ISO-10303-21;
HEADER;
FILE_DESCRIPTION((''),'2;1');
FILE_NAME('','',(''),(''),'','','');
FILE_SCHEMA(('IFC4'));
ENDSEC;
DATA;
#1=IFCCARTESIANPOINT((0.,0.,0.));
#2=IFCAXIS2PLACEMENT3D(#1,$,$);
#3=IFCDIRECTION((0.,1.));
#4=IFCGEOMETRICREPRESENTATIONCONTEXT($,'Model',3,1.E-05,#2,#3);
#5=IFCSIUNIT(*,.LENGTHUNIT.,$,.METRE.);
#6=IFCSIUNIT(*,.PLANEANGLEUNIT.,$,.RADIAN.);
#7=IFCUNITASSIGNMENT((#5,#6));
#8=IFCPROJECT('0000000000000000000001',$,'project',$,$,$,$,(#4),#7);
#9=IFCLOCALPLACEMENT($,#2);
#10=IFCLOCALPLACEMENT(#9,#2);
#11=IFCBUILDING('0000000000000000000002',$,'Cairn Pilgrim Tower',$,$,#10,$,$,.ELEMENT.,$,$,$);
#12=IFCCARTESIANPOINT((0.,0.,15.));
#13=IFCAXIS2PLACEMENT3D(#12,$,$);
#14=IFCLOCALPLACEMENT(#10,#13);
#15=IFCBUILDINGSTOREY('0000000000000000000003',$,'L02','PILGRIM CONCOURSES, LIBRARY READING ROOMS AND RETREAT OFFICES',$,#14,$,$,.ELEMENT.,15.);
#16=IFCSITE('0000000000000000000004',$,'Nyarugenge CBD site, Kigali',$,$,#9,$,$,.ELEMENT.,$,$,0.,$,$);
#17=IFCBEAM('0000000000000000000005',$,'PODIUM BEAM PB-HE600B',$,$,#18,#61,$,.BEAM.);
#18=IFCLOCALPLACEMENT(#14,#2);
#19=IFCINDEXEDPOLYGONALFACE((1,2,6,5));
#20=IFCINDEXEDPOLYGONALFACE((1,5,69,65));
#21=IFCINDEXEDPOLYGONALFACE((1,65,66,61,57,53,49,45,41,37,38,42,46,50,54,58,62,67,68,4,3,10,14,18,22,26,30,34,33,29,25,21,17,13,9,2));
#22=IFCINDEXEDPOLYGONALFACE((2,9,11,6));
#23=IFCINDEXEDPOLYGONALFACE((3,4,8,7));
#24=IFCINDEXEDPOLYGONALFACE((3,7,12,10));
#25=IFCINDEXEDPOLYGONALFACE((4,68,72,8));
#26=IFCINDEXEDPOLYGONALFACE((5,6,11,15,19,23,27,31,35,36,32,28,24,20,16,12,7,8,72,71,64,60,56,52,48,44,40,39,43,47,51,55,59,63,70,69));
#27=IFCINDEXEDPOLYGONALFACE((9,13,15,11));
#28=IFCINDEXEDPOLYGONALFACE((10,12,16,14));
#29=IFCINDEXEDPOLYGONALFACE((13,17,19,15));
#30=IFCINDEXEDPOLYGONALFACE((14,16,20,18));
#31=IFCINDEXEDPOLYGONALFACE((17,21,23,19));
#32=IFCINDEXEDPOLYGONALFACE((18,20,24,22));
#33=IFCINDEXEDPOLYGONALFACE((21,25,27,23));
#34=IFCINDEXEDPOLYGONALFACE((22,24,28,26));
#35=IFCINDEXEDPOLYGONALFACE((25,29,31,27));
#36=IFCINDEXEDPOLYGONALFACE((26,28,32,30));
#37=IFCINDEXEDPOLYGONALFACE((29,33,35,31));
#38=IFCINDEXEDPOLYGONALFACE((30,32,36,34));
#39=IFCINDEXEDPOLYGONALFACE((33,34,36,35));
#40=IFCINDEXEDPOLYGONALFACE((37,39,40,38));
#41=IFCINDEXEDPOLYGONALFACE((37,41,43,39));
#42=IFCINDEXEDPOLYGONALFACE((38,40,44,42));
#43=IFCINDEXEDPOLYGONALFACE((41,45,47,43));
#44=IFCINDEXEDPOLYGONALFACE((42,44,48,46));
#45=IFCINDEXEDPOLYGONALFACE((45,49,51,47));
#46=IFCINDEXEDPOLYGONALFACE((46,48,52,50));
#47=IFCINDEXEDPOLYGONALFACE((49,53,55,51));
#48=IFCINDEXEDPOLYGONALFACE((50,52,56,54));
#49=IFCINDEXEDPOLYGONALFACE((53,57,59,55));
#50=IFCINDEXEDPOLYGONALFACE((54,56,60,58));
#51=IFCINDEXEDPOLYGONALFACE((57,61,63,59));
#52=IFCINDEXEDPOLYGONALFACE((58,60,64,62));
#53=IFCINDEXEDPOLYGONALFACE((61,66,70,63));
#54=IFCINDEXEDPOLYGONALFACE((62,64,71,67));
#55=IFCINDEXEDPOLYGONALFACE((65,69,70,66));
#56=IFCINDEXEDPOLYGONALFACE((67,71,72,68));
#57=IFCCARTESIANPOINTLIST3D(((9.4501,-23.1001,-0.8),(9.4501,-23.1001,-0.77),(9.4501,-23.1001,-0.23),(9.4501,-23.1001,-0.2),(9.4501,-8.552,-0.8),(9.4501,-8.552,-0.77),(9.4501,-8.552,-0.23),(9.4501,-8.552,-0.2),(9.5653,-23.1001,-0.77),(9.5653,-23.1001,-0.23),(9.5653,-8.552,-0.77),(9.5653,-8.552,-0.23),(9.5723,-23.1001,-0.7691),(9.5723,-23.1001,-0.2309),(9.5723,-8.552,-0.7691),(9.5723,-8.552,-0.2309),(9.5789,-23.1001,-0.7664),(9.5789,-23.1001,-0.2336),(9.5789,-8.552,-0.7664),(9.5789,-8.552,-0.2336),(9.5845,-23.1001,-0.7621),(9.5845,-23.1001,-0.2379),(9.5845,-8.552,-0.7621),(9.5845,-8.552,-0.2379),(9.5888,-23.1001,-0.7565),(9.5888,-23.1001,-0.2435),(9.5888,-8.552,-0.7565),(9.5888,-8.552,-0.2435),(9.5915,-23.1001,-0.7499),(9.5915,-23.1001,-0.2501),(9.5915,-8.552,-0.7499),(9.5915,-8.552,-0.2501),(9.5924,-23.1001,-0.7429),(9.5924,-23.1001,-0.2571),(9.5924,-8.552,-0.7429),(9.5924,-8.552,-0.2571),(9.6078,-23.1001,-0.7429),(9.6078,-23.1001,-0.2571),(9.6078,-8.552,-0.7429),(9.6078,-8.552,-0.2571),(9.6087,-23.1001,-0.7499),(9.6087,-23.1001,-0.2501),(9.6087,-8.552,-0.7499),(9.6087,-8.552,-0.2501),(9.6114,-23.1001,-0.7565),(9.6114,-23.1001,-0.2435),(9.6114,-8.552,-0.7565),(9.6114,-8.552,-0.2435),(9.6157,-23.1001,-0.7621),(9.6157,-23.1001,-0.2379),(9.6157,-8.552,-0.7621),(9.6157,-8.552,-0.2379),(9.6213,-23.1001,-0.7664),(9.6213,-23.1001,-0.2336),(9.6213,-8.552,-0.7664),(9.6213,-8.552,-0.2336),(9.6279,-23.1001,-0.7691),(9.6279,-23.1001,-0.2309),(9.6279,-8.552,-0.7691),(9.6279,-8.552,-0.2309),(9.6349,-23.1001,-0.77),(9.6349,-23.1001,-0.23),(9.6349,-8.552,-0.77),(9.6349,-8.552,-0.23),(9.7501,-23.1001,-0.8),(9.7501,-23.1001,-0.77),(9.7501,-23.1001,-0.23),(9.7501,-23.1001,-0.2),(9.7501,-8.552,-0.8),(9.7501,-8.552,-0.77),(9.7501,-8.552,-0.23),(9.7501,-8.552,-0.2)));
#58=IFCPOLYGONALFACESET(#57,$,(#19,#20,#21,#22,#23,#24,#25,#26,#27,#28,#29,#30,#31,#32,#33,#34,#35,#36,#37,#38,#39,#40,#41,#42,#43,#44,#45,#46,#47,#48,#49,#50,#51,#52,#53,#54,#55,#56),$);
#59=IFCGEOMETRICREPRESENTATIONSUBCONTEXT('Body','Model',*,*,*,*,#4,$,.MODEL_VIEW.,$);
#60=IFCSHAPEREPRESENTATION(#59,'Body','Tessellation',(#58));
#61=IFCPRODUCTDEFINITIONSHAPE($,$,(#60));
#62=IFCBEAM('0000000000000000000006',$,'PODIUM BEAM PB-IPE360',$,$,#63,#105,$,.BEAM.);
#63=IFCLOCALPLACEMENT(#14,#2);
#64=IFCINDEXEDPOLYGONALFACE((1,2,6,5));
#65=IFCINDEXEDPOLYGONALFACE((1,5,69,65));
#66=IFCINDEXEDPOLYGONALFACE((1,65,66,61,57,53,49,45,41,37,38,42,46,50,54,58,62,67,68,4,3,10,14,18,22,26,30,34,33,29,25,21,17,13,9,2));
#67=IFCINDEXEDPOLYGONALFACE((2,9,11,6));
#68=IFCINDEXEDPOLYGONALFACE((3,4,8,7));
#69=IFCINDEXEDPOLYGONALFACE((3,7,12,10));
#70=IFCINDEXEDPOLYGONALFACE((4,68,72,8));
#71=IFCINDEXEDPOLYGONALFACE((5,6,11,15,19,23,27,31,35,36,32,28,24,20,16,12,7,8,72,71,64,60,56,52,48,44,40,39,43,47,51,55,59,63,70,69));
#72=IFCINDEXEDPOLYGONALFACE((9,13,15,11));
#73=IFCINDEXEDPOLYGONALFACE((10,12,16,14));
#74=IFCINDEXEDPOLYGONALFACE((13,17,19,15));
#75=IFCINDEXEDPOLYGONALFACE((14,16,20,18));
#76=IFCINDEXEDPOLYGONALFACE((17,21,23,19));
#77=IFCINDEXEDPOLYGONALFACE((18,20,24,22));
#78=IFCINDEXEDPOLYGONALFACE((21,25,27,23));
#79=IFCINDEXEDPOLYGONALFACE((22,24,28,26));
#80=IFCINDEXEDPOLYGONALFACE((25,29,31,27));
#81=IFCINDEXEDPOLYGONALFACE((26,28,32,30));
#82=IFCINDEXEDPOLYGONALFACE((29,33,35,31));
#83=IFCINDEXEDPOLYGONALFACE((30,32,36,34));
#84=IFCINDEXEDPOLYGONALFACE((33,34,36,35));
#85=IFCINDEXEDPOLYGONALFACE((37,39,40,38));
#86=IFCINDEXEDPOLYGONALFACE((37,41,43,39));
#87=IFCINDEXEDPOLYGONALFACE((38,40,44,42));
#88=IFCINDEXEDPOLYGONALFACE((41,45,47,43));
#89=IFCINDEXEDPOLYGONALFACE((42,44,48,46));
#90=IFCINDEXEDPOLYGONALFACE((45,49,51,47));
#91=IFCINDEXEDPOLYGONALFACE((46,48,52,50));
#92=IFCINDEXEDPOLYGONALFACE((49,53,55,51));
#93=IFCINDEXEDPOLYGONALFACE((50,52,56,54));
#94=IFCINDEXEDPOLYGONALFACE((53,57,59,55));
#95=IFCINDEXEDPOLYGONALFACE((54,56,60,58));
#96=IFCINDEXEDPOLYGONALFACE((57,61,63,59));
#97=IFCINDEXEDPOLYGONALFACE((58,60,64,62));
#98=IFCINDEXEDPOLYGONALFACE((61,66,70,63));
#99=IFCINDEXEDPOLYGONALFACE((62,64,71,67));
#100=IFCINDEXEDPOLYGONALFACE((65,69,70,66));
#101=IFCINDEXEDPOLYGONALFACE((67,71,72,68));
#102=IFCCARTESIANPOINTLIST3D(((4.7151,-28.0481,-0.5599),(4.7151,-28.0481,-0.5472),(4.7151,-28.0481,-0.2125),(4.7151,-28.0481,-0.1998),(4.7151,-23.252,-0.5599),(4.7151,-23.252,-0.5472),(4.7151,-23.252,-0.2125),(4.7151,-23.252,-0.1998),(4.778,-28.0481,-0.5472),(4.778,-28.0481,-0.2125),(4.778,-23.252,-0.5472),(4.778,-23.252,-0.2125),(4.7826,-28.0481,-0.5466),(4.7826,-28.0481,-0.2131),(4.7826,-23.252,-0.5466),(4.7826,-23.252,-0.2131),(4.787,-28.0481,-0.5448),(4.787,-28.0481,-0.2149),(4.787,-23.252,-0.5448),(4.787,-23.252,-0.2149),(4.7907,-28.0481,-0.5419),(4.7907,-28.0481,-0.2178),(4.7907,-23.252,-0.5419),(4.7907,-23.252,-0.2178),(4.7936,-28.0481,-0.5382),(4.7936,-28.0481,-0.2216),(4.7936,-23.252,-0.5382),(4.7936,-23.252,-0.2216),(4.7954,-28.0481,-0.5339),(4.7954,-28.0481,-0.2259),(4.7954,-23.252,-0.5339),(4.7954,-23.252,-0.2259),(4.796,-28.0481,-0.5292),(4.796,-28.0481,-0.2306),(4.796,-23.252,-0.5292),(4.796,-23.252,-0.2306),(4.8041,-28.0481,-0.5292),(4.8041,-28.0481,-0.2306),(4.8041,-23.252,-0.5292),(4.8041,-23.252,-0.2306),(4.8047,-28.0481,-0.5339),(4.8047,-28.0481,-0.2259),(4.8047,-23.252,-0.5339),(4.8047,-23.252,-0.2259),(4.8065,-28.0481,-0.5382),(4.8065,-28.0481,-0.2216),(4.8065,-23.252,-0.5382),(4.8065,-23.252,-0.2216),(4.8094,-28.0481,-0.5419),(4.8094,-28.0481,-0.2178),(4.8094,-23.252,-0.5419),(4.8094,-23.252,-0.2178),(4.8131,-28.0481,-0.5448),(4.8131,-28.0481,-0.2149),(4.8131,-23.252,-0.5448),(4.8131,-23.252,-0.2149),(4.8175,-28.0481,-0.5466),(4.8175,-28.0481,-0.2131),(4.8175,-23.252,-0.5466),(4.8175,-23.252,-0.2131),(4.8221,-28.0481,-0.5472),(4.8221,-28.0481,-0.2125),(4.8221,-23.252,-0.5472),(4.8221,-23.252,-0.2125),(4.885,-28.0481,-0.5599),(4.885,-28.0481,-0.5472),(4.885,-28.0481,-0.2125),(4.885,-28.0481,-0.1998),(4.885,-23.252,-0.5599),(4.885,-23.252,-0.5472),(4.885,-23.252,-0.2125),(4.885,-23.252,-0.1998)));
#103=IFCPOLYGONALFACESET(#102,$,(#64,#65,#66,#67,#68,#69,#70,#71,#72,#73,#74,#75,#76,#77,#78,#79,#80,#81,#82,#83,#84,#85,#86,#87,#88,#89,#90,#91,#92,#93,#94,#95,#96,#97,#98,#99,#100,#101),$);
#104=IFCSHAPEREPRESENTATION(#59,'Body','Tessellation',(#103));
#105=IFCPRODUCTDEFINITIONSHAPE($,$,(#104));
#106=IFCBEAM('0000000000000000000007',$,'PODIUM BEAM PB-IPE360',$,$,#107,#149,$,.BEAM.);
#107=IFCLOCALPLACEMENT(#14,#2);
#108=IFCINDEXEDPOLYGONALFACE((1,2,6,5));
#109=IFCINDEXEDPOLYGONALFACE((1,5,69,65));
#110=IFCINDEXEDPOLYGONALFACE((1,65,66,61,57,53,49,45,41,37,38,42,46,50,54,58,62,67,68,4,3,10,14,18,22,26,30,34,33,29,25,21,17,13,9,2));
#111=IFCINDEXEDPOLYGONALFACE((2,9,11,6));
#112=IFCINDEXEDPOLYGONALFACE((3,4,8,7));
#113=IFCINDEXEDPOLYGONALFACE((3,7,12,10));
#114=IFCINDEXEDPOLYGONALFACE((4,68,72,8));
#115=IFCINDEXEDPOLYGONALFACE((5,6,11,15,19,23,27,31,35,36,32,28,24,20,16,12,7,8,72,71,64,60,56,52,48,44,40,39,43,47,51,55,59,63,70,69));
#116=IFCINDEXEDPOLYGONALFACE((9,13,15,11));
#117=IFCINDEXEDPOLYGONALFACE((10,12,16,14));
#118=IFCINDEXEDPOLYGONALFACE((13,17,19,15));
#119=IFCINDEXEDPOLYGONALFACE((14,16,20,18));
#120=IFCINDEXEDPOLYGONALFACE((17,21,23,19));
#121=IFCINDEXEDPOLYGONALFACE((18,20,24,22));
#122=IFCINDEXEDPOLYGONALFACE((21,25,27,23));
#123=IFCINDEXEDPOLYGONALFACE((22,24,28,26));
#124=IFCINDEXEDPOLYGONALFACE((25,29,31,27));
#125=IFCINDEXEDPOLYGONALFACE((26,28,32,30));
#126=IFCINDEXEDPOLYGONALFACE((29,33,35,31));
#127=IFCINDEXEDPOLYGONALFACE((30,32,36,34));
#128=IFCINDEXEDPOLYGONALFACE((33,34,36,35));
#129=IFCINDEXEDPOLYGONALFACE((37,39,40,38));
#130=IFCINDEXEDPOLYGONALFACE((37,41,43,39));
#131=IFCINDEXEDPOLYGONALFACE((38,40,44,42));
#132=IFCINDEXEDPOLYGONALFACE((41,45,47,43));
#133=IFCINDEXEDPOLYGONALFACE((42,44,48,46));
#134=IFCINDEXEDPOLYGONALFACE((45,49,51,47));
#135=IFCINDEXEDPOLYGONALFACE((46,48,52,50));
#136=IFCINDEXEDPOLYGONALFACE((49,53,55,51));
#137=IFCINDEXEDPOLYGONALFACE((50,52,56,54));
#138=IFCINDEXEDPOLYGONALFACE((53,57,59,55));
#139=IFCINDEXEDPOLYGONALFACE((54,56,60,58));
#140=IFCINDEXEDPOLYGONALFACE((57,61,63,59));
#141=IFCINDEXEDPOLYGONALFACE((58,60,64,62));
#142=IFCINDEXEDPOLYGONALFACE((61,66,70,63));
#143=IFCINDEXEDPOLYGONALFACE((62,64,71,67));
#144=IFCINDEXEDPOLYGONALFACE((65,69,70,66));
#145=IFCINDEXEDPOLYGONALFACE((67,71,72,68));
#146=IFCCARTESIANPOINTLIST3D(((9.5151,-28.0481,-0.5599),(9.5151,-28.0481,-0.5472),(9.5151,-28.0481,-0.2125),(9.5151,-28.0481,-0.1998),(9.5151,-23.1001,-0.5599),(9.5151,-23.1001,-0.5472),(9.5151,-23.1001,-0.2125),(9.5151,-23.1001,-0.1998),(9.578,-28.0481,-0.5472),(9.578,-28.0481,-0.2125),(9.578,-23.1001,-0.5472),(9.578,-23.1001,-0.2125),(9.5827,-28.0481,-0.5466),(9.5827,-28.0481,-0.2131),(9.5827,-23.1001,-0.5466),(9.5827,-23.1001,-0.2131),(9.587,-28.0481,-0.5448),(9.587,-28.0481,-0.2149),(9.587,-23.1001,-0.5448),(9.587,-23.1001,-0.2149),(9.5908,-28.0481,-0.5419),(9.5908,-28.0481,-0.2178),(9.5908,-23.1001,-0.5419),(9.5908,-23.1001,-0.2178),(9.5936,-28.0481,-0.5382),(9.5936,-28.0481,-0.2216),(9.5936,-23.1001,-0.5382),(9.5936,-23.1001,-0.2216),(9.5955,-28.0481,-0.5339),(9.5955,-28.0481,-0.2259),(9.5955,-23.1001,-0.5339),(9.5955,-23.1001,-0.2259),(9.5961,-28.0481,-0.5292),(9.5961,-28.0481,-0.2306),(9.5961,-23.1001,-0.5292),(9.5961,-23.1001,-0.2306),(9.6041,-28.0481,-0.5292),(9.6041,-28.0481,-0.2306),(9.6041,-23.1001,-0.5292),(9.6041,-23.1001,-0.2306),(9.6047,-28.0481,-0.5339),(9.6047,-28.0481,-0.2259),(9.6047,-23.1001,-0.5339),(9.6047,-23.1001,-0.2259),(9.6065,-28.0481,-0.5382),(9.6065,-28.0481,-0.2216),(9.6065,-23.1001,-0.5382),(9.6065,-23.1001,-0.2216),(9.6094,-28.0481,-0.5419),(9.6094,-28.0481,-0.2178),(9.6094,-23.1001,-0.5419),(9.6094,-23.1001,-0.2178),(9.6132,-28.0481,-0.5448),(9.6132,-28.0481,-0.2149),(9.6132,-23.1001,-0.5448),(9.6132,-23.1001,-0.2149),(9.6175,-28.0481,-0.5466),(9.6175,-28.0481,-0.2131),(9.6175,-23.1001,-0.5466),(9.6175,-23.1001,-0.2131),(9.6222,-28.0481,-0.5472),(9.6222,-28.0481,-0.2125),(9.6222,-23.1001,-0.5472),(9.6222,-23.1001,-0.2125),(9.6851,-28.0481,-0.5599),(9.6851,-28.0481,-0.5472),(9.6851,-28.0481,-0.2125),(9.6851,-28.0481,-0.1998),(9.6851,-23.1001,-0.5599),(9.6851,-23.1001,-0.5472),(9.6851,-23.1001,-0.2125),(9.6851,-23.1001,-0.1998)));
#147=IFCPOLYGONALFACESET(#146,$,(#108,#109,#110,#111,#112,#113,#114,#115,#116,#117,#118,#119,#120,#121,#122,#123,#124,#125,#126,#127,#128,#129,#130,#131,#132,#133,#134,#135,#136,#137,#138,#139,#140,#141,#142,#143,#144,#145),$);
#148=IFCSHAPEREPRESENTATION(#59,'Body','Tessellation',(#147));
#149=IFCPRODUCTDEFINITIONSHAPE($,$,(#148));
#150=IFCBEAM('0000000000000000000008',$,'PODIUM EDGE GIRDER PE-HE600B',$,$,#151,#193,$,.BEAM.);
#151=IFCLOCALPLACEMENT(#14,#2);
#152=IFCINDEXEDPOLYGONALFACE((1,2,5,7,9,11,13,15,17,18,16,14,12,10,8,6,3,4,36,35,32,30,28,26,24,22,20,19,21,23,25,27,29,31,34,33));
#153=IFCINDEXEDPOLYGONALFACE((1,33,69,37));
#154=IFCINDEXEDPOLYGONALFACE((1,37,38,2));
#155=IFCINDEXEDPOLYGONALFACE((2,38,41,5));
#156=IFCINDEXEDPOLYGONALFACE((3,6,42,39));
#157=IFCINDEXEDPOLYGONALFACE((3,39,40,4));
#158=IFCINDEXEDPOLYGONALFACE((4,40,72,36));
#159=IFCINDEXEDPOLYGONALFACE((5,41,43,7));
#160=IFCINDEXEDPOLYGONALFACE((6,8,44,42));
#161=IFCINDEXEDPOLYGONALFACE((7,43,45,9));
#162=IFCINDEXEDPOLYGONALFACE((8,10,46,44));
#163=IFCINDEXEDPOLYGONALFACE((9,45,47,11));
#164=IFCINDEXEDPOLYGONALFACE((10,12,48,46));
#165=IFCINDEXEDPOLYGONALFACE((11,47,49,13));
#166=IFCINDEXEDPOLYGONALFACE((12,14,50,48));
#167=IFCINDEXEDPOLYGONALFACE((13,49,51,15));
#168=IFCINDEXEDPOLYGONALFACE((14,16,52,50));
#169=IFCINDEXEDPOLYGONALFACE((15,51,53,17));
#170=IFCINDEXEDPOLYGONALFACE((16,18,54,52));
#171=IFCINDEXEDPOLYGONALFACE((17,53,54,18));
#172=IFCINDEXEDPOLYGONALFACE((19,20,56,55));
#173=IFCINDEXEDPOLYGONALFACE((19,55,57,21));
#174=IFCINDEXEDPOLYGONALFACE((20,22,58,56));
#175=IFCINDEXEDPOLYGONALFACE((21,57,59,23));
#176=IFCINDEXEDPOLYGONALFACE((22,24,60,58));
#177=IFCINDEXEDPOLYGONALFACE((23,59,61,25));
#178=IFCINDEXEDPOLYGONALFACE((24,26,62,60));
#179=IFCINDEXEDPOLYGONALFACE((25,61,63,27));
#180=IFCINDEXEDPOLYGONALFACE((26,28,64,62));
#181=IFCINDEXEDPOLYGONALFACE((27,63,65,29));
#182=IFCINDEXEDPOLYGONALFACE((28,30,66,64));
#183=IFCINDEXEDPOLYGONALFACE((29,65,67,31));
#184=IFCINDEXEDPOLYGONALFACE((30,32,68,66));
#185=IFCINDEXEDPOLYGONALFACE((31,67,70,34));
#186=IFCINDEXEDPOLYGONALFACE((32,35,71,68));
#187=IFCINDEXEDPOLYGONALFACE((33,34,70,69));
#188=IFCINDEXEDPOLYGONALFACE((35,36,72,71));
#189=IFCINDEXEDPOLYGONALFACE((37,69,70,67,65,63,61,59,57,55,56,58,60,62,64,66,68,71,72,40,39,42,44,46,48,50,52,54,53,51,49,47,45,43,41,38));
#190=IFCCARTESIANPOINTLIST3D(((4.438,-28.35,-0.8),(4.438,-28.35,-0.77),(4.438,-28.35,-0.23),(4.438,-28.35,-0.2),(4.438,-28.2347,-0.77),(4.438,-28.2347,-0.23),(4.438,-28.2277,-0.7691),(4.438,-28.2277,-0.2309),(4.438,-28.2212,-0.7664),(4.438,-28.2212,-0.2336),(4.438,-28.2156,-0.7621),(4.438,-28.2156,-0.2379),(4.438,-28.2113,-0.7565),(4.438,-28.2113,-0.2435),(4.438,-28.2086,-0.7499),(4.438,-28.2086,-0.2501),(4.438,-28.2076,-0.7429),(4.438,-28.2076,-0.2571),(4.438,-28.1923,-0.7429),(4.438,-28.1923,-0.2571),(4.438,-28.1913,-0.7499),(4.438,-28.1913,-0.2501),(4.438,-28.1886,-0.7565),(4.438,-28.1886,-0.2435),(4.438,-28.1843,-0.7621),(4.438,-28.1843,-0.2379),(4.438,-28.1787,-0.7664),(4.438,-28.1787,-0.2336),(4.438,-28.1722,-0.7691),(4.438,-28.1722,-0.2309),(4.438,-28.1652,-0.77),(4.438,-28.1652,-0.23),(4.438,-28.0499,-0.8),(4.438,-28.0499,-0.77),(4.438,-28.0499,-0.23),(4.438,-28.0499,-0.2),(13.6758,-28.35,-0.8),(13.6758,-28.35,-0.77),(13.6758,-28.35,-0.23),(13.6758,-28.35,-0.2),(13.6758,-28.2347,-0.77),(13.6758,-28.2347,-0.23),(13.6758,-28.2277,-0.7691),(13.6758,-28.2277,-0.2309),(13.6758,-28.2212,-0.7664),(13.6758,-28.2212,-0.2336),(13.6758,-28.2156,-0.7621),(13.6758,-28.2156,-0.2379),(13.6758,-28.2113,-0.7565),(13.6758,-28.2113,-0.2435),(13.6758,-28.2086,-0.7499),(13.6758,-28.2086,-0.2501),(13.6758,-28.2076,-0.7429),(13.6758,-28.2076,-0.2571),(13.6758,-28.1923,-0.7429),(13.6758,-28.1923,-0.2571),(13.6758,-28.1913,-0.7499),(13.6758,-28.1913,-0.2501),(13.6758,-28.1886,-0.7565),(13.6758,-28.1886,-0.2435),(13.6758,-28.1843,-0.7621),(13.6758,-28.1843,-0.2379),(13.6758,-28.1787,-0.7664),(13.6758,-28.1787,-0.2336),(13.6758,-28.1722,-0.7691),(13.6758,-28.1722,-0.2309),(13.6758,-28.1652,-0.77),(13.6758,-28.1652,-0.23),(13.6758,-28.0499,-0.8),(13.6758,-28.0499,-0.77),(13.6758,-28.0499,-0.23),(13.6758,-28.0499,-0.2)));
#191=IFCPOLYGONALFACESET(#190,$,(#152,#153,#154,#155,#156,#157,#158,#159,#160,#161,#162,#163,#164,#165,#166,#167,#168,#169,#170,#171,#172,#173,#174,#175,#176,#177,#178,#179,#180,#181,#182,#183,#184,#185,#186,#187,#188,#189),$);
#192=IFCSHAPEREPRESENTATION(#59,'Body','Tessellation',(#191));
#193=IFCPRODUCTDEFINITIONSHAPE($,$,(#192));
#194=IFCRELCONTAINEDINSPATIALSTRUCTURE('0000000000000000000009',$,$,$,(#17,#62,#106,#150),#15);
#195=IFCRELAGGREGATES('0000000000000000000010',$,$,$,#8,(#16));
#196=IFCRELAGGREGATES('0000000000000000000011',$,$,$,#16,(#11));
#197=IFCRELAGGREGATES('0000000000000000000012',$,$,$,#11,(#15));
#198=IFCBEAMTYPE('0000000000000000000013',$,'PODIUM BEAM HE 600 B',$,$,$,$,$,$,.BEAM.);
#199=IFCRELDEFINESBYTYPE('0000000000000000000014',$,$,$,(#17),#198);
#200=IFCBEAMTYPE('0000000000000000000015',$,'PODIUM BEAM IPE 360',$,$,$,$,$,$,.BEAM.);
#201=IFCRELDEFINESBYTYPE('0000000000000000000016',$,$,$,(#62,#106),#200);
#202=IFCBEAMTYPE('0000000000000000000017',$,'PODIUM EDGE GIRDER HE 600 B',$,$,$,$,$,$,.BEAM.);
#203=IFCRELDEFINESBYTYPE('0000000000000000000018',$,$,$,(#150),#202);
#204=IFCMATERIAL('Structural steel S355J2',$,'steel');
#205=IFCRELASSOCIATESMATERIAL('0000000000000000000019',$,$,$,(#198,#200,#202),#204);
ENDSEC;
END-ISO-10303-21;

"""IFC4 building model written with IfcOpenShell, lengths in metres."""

from ifc_helpers import new_model, si_unit, direction, frame, origin, origin_2d, place, context, subcontext, project, spatial, i_section, extrude, material, material_profile, profile_set, type_object, element, save


model = new_model("IFC4")

# Units and contexts
model_context = context("Model", 3, precision=1e-05, world=origin(), true_north=direction((0.0, 1.0)))
body_context = subcontext(model_context, "Body", "Model", "MODEL_VIEW")
ifc_project = project(units=[si_unit("LENGTHUNIT", "METRE"), si_unit("PLANEANGLEUNIT", "RADIAN")], contexts=[model_context])

# Site, building, storey
site_placement = place(None, origin())
site = spatial("IfcSite", under=ifc_project, at=site_placement, Name="Nyarugenge CBD site, Kigali", CompositionType="ELEMENT", RefElevation=0.0)
building_placement = place(site_placement, origin())
building = spatial("IfcBuilding", under=site, at=building_placement, Name="Cairn Pilgrim Tower", CompositionType="ELEMENT")
storey_placement = place(building_placement, frame((0.0, 0.0, 15.0)))
storey = spatial("IfcBuildingStorey", under=building, at=storey_placement, Name="L02", Description="PILGRIM CONCOURSES, LIBRARY READING ROOMS AND RETREAT OFFICES", CompositionType="ELEMENT", Elevation=15.0)

# Beams
ifc_material_1 = material(Name="Structural steel S355J2", Category="steel")
ifc_material_profile_1 = material_profile(ifc_material_1, i_section(OverallWidth=0.3, OverallDepth=0.6001, WebThickness=0.0154, FlangeThickness=0.03, FilletRadius=0.0271, at=origin_2d()), Name="HEB 600")
ifc_profile_set_1 = profile_set([ifc_material_profile_1], Name="Structural steel S355J2")
beam_type_1 = type_object("IfcBeamType", Name="PODIUM BEAM HE 600 B", PredefinedType="BEAM", material=ifc_profile_set_1)
beam_1_placement = place(storey_placement, frame((9.6001, -23.1001, -0.5), z_axis=(0.0, 1.0, 0.0), x_axis=(-1.0, 0.0, 0.0)))
element("IfcBeam", 1, at=beam_1_placement, inside=storey, type_object=beam_type_1, Name="PODIUM BEAM PB-HE600B", PredefinedType="BEAM", context=body_context, shape_type="SweptSolid", body=[
    extrude(i_section(OverallWidth=0.3, OverallDepth=0.6001, WebThickness=0.0154, FlangeThickness=0.03, FilletRadius=0.0271, at=origin_2d()), origin(), (0.0, 0.0, 1.0), 14.5481),
])
ifc_material_profile_2 = material_profile(ifc_material_1, i_section(OverallWidth=0.1699, OverallDepth=0.3601, WebThickness=0.0081, FlangeThickness=0.0127, FilletRadius=0.0181, at=origin_2d()), Name="IPE 360")
ifc_profile_set_2 = profile_set([ifc_material_profile_2], Name="Structural steel S355J2")
beam_type_2 = type_object("IfcBeamType", Name="PODIUM BEAM IPE 360", PredefinedType="BEAM", material=ifc_profile_set_2)
beam_2_placement = place(storey_placement, frame((4.8, -28.0481, -0.3799), z_axis=(0.0, 1.0, 0.0), x_axis=(-1.0, 0.0, 0.0)))
element("IfcBeam", 2, at=beam_2_placement, inside=storey, type_object=beam_type_2, Name="PODIUM BEAM PB-IPE360", PredefinedType="BEAM", context=body_context, shape_type="SweptSolid", body=[
    extrude(i_section(OverallWidth=0.1699, OverallDepth=0.3601, WebThickness=0.0081, FlangeThickness=0.0127, FilletRadius=0.0181, at=origin_2d()), origin(), (0.0, 0.0, 1.0), 4.7961),
])
beam_3_placement = place(storey_placement, frame((9.6001, -28.0481, -0.3799), z_axis=(0.0, 1.0, 0.0), x_axis=(-1.0, 0.0, 0.0)))
element("IfcBeam", 3, at=beam_3_placement, inside=storey, type_object=beam_type_2, Name="PODIUM BEAM PB-IPE360", PredefinedType="BEAM", context=body_context, shape_type="SweptSolid", body=[
    extrude(i_section(OverallWidth=0.1699, OverallDepth=0.3601, WebThickness=0.0081, FlangeThickness=0.0127, FilletRadius=0.0181, at=origin_2d()), origin(), (0.0, 0.0, 1.0), 4.948),
])
ifc_material_profile_3 = material_profile(ifc_material_1, i_section(OverallWidth=0.3, OverallDepth=0.6001, WebThickness=0.0154, FlangeThickness=0.03, FilletRadius=0.0271, at=origin_2d()), Name="HEB 600")
ifc_profile_set_3 = profile_set([ifc_material_profile_3], Name="Structural steel S355J2")
beam_type_3 = type_object("IfcBeamType", Name="PODIUM EDGE GIRDER HE 600 B", PredefinedType="BEAM", material=ifc_profile_set_3)
beam_4_placement = place(storey_placement, frame((4.438, -28.2, -0.5), z_axis=(1.0, 0.0, 0.0), x_axis=(0.0, 1.0, 0.0)))
element("IfcBeam", 4, at=beam_4_placement, inside=storey, type_object=beam_type_3, Name="PODIUM EDGE GIRDER PE-HE600B", PredefinedType="BEAM", context=body_context, shape_type="SweptSolid", body=[
    extrude(i_section(OverallWidth=0.3, OverallDepth=0.6001, WebThickness=0.0154, FlangeThickness=0.03, FilletRadius=0.0271, at=origin_2d()), origin(), (0.0, 0.0, 1.0), 9.2378),
])

save(model, "model.ifc")
